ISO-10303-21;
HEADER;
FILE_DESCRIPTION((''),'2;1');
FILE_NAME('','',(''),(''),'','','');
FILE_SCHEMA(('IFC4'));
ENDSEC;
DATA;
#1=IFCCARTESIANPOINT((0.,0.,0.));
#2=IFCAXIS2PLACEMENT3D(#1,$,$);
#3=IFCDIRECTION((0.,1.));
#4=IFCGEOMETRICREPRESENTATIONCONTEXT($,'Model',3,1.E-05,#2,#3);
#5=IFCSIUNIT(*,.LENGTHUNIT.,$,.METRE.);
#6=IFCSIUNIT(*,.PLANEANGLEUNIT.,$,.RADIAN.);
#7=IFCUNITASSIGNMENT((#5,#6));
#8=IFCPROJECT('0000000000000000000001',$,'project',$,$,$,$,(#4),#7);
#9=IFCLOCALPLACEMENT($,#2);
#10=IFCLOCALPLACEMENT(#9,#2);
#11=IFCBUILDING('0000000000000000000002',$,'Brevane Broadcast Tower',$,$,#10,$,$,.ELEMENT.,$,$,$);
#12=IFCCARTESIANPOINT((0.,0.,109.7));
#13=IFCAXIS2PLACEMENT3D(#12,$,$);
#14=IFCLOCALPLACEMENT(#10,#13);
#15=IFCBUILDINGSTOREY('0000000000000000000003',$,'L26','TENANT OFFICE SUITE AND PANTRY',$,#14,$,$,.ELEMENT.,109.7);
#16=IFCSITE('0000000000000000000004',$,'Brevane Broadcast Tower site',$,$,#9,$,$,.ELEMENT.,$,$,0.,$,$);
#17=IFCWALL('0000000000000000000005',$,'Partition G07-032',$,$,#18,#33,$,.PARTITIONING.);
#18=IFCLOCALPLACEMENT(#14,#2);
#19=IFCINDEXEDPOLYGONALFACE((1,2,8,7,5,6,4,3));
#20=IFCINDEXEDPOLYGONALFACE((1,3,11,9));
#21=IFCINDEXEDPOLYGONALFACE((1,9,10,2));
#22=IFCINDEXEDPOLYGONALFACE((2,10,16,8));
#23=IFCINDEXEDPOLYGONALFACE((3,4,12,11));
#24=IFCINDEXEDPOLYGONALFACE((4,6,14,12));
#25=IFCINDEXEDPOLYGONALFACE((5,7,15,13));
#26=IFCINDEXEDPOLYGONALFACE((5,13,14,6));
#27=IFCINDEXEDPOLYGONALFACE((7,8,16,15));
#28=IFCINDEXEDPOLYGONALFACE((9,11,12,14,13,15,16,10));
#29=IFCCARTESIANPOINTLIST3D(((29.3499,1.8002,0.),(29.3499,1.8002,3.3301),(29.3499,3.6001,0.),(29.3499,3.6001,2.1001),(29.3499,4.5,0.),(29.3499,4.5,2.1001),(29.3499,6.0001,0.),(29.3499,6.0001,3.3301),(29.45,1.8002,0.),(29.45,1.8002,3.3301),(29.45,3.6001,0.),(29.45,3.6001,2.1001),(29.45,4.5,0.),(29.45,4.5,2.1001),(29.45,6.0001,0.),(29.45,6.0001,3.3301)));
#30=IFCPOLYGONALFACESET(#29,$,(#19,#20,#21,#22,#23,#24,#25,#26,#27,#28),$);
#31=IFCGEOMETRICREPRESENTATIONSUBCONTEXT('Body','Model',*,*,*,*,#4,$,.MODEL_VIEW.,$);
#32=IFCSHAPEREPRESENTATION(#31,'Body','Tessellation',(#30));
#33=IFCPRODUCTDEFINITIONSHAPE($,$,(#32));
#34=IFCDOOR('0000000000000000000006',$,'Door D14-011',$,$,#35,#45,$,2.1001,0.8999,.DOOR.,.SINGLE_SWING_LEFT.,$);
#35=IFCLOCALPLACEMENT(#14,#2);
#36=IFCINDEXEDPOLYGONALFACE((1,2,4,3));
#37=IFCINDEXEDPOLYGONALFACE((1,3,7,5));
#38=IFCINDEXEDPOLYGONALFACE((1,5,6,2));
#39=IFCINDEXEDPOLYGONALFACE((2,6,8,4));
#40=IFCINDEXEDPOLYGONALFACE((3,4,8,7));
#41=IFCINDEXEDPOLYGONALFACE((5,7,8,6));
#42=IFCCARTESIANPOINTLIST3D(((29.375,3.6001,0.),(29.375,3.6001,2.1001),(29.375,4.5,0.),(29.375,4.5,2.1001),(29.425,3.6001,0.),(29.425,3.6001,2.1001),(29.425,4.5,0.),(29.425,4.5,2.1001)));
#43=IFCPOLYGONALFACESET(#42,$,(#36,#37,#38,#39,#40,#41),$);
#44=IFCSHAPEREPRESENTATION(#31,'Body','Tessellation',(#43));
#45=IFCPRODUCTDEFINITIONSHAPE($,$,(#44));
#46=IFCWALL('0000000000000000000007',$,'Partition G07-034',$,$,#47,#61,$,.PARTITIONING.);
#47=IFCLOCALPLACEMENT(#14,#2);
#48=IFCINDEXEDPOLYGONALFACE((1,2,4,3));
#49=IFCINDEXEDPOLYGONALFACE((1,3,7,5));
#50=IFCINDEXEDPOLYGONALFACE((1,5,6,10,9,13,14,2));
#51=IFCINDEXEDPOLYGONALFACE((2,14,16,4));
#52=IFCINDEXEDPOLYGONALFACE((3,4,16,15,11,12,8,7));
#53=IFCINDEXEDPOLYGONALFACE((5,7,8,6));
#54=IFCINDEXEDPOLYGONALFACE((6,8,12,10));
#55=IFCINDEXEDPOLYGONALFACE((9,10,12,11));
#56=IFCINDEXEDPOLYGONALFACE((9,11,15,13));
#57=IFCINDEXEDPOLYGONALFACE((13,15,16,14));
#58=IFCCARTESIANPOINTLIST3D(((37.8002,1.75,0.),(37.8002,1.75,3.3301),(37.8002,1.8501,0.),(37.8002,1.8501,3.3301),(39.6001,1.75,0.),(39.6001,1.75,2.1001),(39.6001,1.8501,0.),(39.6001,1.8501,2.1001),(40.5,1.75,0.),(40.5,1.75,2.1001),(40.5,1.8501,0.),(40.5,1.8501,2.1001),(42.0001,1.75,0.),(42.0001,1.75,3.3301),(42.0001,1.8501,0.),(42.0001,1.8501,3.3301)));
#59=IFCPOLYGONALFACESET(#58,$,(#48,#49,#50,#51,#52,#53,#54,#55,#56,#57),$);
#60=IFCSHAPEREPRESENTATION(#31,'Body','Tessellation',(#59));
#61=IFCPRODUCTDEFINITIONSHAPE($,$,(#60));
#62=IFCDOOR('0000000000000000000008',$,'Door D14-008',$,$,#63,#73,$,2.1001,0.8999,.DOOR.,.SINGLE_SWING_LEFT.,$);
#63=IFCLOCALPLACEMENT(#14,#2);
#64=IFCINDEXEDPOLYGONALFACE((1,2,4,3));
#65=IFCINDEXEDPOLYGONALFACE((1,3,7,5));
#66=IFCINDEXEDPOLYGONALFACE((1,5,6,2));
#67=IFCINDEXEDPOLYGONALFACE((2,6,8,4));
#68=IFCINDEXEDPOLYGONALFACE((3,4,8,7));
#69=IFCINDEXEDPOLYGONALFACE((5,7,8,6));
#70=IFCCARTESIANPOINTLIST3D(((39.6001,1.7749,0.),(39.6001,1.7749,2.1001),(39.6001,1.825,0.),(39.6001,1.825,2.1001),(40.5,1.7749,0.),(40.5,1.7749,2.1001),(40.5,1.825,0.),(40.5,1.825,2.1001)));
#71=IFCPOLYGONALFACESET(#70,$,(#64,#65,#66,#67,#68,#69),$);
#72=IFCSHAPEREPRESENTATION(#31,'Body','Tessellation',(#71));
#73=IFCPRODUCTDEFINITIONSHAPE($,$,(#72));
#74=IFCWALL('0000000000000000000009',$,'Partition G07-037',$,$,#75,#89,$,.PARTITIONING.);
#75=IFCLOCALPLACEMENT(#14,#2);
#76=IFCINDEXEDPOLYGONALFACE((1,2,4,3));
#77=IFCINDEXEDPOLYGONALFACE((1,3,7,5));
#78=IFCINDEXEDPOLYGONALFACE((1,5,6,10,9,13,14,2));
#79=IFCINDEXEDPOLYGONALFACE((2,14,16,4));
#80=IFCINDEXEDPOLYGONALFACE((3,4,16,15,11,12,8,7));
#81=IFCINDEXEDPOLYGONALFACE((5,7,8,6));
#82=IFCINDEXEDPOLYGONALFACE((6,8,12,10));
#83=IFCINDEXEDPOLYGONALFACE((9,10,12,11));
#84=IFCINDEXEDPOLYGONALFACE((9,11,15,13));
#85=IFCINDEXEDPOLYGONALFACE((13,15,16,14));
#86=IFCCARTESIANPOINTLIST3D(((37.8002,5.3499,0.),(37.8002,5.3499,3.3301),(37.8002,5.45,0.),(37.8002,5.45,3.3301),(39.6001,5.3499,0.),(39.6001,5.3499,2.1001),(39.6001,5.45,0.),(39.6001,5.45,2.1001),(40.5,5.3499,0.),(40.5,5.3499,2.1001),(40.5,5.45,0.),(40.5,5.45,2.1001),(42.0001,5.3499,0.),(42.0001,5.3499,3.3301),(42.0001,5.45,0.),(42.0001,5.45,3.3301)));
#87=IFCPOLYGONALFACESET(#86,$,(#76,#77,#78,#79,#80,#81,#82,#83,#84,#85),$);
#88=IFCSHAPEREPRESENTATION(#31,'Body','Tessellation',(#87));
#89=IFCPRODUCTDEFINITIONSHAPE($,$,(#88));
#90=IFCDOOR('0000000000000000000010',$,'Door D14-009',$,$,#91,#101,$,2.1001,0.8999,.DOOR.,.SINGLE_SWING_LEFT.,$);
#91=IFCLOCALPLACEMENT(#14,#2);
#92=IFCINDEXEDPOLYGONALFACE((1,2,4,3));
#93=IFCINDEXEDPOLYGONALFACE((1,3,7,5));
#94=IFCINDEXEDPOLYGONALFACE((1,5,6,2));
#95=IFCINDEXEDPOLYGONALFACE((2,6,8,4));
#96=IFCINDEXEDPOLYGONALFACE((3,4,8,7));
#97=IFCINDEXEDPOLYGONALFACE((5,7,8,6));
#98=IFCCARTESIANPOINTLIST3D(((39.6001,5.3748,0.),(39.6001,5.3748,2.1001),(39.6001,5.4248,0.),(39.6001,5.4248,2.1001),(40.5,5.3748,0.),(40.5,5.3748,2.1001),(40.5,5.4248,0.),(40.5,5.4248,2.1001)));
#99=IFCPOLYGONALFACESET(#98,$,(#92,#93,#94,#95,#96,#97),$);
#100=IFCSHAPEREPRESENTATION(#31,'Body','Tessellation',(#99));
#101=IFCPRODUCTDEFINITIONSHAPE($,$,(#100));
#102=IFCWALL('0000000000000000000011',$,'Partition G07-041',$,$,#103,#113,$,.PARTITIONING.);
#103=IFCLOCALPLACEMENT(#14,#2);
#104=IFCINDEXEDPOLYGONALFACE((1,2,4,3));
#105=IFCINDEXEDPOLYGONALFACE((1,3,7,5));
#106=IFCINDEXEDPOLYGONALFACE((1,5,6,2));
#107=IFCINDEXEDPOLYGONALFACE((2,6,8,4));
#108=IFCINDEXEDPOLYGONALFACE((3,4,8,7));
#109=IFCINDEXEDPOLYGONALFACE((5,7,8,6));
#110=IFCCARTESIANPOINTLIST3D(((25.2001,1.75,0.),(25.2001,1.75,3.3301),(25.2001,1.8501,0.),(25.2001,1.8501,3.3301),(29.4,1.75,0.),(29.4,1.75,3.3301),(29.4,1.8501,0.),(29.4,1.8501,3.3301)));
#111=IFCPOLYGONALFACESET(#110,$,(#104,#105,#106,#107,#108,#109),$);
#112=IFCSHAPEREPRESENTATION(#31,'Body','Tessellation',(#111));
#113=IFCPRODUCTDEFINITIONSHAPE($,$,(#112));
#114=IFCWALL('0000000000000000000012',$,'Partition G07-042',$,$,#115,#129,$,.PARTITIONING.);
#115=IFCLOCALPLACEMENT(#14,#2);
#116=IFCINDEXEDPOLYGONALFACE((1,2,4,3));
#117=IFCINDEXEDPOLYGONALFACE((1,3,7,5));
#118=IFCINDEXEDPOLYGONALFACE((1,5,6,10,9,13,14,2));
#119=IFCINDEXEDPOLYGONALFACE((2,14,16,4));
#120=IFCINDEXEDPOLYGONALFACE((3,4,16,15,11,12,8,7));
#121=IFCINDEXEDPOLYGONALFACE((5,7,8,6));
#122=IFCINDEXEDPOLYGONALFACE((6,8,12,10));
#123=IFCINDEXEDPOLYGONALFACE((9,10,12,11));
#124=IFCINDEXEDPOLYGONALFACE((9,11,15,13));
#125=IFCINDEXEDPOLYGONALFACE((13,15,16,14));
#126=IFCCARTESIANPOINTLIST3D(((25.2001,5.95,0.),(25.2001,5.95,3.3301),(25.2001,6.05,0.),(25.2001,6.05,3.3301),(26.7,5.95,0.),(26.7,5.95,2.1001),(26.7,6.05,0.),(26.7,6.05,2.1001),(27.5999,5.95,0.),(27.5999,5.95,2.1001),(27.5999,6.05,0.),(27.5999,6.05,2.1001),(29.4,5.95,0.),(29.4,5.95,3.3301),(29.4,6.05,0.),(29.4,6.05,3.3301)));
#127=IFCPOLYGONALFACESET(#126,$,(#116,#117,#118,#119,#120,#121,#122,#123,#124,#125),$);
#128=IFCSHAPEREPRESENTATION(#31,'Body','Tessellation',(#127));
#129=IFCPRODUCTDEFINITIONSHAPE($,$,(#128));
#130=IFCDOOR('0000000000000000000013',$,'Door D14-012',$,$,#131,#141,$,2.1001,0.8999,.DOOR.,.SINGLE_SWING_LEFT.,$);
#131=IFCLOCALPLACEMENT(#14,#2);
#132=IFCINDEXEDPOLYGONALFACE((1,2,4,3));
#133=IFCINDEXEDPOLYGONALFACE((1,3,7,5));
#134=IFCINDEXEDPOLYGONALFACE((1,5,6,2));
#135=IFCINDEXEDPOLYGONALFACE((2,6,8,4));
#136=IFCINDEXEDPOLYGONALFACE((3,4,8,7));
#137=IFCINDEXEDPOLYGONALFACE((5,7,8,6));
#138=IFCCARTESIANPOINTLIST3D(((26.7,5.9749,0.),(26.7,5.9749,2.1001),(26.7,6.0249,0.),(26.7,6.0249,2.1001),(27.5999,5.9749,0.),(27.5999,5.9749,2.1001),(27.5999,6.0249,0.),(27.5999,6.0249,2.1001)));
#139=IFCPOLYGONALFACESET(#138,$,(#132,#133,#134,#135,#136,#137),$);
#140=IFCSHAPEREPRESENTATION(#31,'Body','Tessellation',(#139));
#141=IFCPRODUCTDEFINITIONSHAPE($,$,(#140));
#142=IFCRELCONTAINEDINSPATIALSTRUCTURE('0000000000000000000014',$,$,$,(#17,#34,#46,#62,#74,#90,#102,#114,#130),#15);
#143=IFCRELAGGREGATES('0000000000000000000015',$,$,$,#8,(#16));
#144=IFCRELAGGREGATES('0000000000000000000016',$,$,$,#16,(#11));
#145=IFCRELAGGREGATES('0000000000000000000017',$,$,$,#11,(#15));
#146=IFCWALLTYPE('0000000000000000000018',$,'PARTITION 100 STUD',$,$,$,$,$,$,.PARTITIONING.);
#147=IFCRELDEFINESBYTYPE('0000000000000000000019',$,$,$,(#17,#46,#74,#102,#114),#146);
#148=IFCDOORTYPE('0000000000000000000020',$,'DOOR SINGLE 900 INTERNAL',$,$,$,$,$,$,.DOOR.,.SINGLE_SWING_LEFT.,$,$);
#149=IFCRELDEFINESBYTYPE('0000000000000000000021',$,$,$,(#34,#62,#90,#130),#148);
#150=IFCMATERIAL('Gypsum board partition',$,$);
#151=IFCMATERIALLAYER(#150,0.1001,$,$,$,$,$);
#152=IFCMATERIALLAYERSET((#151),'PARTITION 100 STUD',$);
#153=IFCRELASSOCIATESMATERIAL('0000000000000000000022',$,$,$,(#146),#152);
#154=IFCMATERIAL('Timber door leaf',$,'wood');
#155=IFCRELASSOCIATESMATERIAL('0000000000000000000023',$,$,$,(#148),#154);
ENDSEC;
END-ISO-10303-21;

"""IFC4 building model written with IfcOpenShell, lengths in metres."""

from ifc_helpers import new_model, si_unit, direction, frame, frame_2d, origin, place, context, subcontext, project, spatial, rectangle, extrude, material, layer, layer_set, type_object, element, fill, save


model = new_model("IFC4")

# Units and contexts
model_context = context("Model", 3, precision=1e-05, world=origin(), true_north=direction((0.0, 1.0)))
body_context = subcontext(model_context, "Body", "Model", "MODEL_VIEW")
ifc_project = project(units=[si_unit("LENGTHUNIT", "METRE"), si_unit("PLANEANGLEUNIT", "RADIAN")], contexts=[model_context])

# Site, building, storey
site_placement = place(None, origin())
site = spatial("IfcSite", under=ifc_project, at=site_placement, Name="Brevane Broadcast Tower site", CompositionType="ELEMENT", RefElevation=0.0)
building_placement = place(site_placement, origin())
building = spatial("IfcBuilding", under=site, at=building_placement, Name="Brevane Broadcast Tower", CompositionType="ELEMENT")
storey_placement = place(building_placement, frame((0.0, 0.0, 109.7)))
storey = spatial("IfcBuildingStorey", under=building, at=storey_placement, Name="L26", Description="TENANT OFFICE SUITE AND PANTRY", CompositionType="ELEMENT", Elevation=109.7)

# Shared definitions
ifc_material_1 = material(Name="Gypsum board partition")
ifc_layer = layer(ifc_material_1, 0.1001)
ifc_layer_set = layer_set([ifc_layer], Name="PARTITION 100 STUD")
wall_type = type_object("IfcWallType", Name="PARTITION 100 STUD", PredefinedType="PARTITIONING", material=ifc_layer_set)
ifc_material_2 = material(Name="Timber door leaf", Category="wood")
door_type = type_object("IfcDoorType", Name="DOOR SINGLE 900 INTERNAL", OperationType="SINGLE_SWING_LEFT", PredefinedType="DOOR", material=ifc_material_2)

# Walls, openings, doors
wall_1_placement = place(storey_placement, frame((29.3999, 1.8, 0.0), z_axis=(0.0, 0.0, 1.0), x_axis=(0.0, 1.0, 0.0)))
wall_1 = element("IfcWall", 1, at=wall_1_placement, inside=storey, type_object=wall_type, Name="Partition G07-032", PredefinedType="PARTITIONING", context=body_context, shape_type="SweptSolid", body=[
    extrude(rectangle(XDim=4.2, YDim=0.1001, at=frame_2d((2.1001, 0.0))), origin(), (0.0, 0.0, 1.0), 3.3301),
])
opening_1_placement = place(wall_1_placement, frame((1.8, 0.0, 0.0)))
opening_1 = element("IfcOpeningElement", 2, at=opening_1_placement, cuts=wall_1, PredefinedType="OPENING", context=body_context, shape_type="SweptSolid", body=[
    extrude(rectangle(XDim=0.8999, YDim=2.1001, at=frame_2d((0.45, 1.05))), frame((0.0, 0.0601, 0.0), z_axis=(0.0, -1.0, 0.0), x_axis=(1.0, 0.0, 0.0)), (0.0, 0.0, 1.0), 0.1201),
])
door_1_placement = place(opening_1_placement, origin())
door_1 = element("IfcDoor", 3, at=door_1_placement, inside=storey, type_object=door_type, Name="Door D14-011", OperationType="SINGLE_SWING_LEFT", OverallHeight=2.1001, OverallWidth=0.8999, PredefinedType="DOOR", context=body_context, shape_type="SweptSolid", body=[
    extrude(rectangle(XDim=0.8999, YDim=2.1001, at=frame_2d((0.45, 1.05))), frame((0.0, 0.0249, 0.0), z_axis=(0.0, -1.0, 0.0), x_axis=(1.0, 0.0, 0.0)), (0.0, 0.0, 1.0), 0.05),
])
fill(opening_1, door_1)
wall_2_placement = place(storey_placement, frame((37.8, 1.8, 0.0), z_axis=(0.0, 0.0, 1.0), x_axis=(1.0, 0.0, 0.0)))
wall_2 = element("IfcWall", 4, at=wall_2_placement, inside=storey, type_object=wall_type, Name="Partition G07-034", PredefinedType="PARTITIONING", context=body_context, shape_type="SweptSolid", body=[
    extrude(rectangle(XDim=4.2, YDim=0.1001, at=frame_2d((2.1001, 0.0))), origin(), (0.0, 0.0, 1.0), 3.3301),
])
opening_2_placement = place(wall_2_placement, frame((1.8, 0.0, 0.0)))
opening_2 = element("IfcOpeningElement", 5, at=opening_2_placement, cuts=wall_2, PredefinedType="OPENING", context=body_context, shape_type="SweptSolid", body=[
    extrude(rectangle(XDim=0.8999, YDim=2.1001, at=frame_2d((0.45, 1.05))), frame((0.0, 0.0601, 0.0), z_axis=(0.0, -1.0, 0.0), x_axis=(1.0, 0.0, 0.0)), (0.0, 0.0, 1.0), 0.1201),
])
door_2_placement = place(opening_2_placement, origin())
door_2 = element("IfcDoor", 6, at=door_2_placement, inside=storey, type_object=door_type, Name="Door D14-008", OperationType="SINGLE_SWING_LEFT", OverallHeight=2.1001, OverallWidth=0.8999, PredefinedType="DOOR", context=body_context, shape_type="SweptSolid", body=[
    extrude(rectangle(XDim=0.8999, YDim=2.1001, at=frame_2d((0.45, 1.05))), frame((0.0, 0.0249, 0.0), z_axis=(0.0, -1.0, 0.0), x_axis=(1.0, 0.0, 0.0)), (0.0, 0.0, 1.0), 0.05),
])
fill(opening_2, door_2)
wall_3_placement = place(storey_placement, frame((37.8, 5.3999, 0.0), z_axis=(0.0, 0.0, 1.0), x_axis=(1.0, 0.0, 0.0)))
wall_3 = element("IfcWall", 7, at=wall_3_placement, inside=storey, type_object=wall_type, Name="Partition G07-037", PredefinedType="PARTITIONING", context=body_context, shape_type="SweptSolid", body=[
    extrude(rectangle(XDim=4.2, YDim=0.1001, at=frame_2d((2.1001, 0.0))), origin(), (0.0, 0.0, 1.0), 3.3301),
])
opening_3_placement = place(wall_3_placement, frame((1.8, 0.0, 0.0)))
opening_3 = element("IfcOpeningElement", 8, at=opening_3_placement, cuts=wall_3, PredefinedType="OPENING", context=body_context, shape_type="SweptSolid", body=[
    extrude(rectangle(XDim=0.8999, YDim=2.1001, at=frame_2d((0.45, 1.05))), frame((0.0, 0.0601, 0.0), z_axis=(0.0, -1.0, 0.0), x_axis=(1.0, 0.0, 0.0)), (0.0, 0.0, 1.0), 0.1201),
])
door_3_placement = place(opening_3_placement, origin())
door_3 = element("IfcDoor", 9, at=door_3_placement, inside=storey, type_object=door_type, Name="Door D14-009", OperationType="SINGLE_SWING_LEFT", OverallHeight=2.1001, OverallWidth=0.8999, PredefinedType="DOOR", context=body_context, shape_type="SweptSolid", body=[
    extrude(rectangle(XDim=0.8999, YDim=2.1001, at=frame_2d((0.45, 1.05))), frame((0.0, 0.0249, 0.0), z_axis=(0.0, -1.0, 0.0), x_axis=(1.0, 0.0, 0.0)), (0.0, 0.0, 1.0), 0.05),
])
fill(opening_3, door_3)

# Wall
wall_4_placement = place(storey_placement, frame((25.2, 1.8, 0.0), z_axis=(0.0, 0.0, 1.0), x_axis=(1.0, 0.0, 0.0)))
element("IfcWall", 10, at=wall_4_placement, inside=storey, type_object=wall_type, Name="Partition G07-041", PredefinedType="PARTITIONING", context=body_context, shape_type="SweptSolid", body=[
    extrude(rectangle(XDim=4.2, YDim=0.1001, at=frame_2d((2.1001, 0.0))), origin(), (0.0, 0.0, 1.0), 3.3301),
])

# Wall, opening, door
wall_5_placement = place(storey_placement, frame((25.2, 6.0, 0.0), z_axis=(0.0, 0.0, 1.0), x_axis=(1.0, 0.0, 0.0)))
wall_5 = element("IfcWall", 11, at=wall_5_placement, inside=storey, type_object=wall_type, Name="Partition G07-042", PredefinedType="PARTITIONING", context=body_context, shape_type="SweptSolid", body=[
    extrude(rectangle(XDim=4.2, YDim=0.1001, at=frame_2d((2.1001, 0.0))), origin(), (0.0, 0.0, 1.0), 3.3301),
])
opening_4_placement = place(wall_5_placement, frame((1.5, 0.0, 0.0)))
opening_4 = element("IfcOpeningElement", 12, at=opening_4_placement, cuts=wall_5, PredefinedType="OPENING", context=body_context, shape_type="SweptSolid", body=[
    extrude(rectangle(XDim=0.8999, YDim=2.1001, at=frame_2d((0.45, 1.05))), frame((0.0, 0.0601, 0.0), z_axis=(0.0, -1.0, 0.0), x_axis=(1.0, 0.0, 0.0)), (0.0, 0.0, 1.0), 0.1201),
])
door_4_placement = place(opening_4_placement, origin())
door_4 = element("IfcDoor", 13, at=door_4_placement, inside=storey, type_object=door_type, Name="Door D14-012", OperationType="SINGLE_SWING_LEFT", OverallHeight=2.1001, OverallWidth=0.8999, PredefinedType="DOOR", context=body_context, shape_type="SweptSolid", body=[
    extrude(rectangle(XDim=0.8999, YDim=2.1001, at=frame_2d((0.45, 1.05))), frame((0.0, 0.0249, 0.0), z_axis=(0.0, -1.0, 0.0), x_axis=(1.0, 0.0, 0.0)), (0.0, 0.0, 1.0), 0.05),
])
fill(opening_4, door_4)

save(model, "model.ifc")
